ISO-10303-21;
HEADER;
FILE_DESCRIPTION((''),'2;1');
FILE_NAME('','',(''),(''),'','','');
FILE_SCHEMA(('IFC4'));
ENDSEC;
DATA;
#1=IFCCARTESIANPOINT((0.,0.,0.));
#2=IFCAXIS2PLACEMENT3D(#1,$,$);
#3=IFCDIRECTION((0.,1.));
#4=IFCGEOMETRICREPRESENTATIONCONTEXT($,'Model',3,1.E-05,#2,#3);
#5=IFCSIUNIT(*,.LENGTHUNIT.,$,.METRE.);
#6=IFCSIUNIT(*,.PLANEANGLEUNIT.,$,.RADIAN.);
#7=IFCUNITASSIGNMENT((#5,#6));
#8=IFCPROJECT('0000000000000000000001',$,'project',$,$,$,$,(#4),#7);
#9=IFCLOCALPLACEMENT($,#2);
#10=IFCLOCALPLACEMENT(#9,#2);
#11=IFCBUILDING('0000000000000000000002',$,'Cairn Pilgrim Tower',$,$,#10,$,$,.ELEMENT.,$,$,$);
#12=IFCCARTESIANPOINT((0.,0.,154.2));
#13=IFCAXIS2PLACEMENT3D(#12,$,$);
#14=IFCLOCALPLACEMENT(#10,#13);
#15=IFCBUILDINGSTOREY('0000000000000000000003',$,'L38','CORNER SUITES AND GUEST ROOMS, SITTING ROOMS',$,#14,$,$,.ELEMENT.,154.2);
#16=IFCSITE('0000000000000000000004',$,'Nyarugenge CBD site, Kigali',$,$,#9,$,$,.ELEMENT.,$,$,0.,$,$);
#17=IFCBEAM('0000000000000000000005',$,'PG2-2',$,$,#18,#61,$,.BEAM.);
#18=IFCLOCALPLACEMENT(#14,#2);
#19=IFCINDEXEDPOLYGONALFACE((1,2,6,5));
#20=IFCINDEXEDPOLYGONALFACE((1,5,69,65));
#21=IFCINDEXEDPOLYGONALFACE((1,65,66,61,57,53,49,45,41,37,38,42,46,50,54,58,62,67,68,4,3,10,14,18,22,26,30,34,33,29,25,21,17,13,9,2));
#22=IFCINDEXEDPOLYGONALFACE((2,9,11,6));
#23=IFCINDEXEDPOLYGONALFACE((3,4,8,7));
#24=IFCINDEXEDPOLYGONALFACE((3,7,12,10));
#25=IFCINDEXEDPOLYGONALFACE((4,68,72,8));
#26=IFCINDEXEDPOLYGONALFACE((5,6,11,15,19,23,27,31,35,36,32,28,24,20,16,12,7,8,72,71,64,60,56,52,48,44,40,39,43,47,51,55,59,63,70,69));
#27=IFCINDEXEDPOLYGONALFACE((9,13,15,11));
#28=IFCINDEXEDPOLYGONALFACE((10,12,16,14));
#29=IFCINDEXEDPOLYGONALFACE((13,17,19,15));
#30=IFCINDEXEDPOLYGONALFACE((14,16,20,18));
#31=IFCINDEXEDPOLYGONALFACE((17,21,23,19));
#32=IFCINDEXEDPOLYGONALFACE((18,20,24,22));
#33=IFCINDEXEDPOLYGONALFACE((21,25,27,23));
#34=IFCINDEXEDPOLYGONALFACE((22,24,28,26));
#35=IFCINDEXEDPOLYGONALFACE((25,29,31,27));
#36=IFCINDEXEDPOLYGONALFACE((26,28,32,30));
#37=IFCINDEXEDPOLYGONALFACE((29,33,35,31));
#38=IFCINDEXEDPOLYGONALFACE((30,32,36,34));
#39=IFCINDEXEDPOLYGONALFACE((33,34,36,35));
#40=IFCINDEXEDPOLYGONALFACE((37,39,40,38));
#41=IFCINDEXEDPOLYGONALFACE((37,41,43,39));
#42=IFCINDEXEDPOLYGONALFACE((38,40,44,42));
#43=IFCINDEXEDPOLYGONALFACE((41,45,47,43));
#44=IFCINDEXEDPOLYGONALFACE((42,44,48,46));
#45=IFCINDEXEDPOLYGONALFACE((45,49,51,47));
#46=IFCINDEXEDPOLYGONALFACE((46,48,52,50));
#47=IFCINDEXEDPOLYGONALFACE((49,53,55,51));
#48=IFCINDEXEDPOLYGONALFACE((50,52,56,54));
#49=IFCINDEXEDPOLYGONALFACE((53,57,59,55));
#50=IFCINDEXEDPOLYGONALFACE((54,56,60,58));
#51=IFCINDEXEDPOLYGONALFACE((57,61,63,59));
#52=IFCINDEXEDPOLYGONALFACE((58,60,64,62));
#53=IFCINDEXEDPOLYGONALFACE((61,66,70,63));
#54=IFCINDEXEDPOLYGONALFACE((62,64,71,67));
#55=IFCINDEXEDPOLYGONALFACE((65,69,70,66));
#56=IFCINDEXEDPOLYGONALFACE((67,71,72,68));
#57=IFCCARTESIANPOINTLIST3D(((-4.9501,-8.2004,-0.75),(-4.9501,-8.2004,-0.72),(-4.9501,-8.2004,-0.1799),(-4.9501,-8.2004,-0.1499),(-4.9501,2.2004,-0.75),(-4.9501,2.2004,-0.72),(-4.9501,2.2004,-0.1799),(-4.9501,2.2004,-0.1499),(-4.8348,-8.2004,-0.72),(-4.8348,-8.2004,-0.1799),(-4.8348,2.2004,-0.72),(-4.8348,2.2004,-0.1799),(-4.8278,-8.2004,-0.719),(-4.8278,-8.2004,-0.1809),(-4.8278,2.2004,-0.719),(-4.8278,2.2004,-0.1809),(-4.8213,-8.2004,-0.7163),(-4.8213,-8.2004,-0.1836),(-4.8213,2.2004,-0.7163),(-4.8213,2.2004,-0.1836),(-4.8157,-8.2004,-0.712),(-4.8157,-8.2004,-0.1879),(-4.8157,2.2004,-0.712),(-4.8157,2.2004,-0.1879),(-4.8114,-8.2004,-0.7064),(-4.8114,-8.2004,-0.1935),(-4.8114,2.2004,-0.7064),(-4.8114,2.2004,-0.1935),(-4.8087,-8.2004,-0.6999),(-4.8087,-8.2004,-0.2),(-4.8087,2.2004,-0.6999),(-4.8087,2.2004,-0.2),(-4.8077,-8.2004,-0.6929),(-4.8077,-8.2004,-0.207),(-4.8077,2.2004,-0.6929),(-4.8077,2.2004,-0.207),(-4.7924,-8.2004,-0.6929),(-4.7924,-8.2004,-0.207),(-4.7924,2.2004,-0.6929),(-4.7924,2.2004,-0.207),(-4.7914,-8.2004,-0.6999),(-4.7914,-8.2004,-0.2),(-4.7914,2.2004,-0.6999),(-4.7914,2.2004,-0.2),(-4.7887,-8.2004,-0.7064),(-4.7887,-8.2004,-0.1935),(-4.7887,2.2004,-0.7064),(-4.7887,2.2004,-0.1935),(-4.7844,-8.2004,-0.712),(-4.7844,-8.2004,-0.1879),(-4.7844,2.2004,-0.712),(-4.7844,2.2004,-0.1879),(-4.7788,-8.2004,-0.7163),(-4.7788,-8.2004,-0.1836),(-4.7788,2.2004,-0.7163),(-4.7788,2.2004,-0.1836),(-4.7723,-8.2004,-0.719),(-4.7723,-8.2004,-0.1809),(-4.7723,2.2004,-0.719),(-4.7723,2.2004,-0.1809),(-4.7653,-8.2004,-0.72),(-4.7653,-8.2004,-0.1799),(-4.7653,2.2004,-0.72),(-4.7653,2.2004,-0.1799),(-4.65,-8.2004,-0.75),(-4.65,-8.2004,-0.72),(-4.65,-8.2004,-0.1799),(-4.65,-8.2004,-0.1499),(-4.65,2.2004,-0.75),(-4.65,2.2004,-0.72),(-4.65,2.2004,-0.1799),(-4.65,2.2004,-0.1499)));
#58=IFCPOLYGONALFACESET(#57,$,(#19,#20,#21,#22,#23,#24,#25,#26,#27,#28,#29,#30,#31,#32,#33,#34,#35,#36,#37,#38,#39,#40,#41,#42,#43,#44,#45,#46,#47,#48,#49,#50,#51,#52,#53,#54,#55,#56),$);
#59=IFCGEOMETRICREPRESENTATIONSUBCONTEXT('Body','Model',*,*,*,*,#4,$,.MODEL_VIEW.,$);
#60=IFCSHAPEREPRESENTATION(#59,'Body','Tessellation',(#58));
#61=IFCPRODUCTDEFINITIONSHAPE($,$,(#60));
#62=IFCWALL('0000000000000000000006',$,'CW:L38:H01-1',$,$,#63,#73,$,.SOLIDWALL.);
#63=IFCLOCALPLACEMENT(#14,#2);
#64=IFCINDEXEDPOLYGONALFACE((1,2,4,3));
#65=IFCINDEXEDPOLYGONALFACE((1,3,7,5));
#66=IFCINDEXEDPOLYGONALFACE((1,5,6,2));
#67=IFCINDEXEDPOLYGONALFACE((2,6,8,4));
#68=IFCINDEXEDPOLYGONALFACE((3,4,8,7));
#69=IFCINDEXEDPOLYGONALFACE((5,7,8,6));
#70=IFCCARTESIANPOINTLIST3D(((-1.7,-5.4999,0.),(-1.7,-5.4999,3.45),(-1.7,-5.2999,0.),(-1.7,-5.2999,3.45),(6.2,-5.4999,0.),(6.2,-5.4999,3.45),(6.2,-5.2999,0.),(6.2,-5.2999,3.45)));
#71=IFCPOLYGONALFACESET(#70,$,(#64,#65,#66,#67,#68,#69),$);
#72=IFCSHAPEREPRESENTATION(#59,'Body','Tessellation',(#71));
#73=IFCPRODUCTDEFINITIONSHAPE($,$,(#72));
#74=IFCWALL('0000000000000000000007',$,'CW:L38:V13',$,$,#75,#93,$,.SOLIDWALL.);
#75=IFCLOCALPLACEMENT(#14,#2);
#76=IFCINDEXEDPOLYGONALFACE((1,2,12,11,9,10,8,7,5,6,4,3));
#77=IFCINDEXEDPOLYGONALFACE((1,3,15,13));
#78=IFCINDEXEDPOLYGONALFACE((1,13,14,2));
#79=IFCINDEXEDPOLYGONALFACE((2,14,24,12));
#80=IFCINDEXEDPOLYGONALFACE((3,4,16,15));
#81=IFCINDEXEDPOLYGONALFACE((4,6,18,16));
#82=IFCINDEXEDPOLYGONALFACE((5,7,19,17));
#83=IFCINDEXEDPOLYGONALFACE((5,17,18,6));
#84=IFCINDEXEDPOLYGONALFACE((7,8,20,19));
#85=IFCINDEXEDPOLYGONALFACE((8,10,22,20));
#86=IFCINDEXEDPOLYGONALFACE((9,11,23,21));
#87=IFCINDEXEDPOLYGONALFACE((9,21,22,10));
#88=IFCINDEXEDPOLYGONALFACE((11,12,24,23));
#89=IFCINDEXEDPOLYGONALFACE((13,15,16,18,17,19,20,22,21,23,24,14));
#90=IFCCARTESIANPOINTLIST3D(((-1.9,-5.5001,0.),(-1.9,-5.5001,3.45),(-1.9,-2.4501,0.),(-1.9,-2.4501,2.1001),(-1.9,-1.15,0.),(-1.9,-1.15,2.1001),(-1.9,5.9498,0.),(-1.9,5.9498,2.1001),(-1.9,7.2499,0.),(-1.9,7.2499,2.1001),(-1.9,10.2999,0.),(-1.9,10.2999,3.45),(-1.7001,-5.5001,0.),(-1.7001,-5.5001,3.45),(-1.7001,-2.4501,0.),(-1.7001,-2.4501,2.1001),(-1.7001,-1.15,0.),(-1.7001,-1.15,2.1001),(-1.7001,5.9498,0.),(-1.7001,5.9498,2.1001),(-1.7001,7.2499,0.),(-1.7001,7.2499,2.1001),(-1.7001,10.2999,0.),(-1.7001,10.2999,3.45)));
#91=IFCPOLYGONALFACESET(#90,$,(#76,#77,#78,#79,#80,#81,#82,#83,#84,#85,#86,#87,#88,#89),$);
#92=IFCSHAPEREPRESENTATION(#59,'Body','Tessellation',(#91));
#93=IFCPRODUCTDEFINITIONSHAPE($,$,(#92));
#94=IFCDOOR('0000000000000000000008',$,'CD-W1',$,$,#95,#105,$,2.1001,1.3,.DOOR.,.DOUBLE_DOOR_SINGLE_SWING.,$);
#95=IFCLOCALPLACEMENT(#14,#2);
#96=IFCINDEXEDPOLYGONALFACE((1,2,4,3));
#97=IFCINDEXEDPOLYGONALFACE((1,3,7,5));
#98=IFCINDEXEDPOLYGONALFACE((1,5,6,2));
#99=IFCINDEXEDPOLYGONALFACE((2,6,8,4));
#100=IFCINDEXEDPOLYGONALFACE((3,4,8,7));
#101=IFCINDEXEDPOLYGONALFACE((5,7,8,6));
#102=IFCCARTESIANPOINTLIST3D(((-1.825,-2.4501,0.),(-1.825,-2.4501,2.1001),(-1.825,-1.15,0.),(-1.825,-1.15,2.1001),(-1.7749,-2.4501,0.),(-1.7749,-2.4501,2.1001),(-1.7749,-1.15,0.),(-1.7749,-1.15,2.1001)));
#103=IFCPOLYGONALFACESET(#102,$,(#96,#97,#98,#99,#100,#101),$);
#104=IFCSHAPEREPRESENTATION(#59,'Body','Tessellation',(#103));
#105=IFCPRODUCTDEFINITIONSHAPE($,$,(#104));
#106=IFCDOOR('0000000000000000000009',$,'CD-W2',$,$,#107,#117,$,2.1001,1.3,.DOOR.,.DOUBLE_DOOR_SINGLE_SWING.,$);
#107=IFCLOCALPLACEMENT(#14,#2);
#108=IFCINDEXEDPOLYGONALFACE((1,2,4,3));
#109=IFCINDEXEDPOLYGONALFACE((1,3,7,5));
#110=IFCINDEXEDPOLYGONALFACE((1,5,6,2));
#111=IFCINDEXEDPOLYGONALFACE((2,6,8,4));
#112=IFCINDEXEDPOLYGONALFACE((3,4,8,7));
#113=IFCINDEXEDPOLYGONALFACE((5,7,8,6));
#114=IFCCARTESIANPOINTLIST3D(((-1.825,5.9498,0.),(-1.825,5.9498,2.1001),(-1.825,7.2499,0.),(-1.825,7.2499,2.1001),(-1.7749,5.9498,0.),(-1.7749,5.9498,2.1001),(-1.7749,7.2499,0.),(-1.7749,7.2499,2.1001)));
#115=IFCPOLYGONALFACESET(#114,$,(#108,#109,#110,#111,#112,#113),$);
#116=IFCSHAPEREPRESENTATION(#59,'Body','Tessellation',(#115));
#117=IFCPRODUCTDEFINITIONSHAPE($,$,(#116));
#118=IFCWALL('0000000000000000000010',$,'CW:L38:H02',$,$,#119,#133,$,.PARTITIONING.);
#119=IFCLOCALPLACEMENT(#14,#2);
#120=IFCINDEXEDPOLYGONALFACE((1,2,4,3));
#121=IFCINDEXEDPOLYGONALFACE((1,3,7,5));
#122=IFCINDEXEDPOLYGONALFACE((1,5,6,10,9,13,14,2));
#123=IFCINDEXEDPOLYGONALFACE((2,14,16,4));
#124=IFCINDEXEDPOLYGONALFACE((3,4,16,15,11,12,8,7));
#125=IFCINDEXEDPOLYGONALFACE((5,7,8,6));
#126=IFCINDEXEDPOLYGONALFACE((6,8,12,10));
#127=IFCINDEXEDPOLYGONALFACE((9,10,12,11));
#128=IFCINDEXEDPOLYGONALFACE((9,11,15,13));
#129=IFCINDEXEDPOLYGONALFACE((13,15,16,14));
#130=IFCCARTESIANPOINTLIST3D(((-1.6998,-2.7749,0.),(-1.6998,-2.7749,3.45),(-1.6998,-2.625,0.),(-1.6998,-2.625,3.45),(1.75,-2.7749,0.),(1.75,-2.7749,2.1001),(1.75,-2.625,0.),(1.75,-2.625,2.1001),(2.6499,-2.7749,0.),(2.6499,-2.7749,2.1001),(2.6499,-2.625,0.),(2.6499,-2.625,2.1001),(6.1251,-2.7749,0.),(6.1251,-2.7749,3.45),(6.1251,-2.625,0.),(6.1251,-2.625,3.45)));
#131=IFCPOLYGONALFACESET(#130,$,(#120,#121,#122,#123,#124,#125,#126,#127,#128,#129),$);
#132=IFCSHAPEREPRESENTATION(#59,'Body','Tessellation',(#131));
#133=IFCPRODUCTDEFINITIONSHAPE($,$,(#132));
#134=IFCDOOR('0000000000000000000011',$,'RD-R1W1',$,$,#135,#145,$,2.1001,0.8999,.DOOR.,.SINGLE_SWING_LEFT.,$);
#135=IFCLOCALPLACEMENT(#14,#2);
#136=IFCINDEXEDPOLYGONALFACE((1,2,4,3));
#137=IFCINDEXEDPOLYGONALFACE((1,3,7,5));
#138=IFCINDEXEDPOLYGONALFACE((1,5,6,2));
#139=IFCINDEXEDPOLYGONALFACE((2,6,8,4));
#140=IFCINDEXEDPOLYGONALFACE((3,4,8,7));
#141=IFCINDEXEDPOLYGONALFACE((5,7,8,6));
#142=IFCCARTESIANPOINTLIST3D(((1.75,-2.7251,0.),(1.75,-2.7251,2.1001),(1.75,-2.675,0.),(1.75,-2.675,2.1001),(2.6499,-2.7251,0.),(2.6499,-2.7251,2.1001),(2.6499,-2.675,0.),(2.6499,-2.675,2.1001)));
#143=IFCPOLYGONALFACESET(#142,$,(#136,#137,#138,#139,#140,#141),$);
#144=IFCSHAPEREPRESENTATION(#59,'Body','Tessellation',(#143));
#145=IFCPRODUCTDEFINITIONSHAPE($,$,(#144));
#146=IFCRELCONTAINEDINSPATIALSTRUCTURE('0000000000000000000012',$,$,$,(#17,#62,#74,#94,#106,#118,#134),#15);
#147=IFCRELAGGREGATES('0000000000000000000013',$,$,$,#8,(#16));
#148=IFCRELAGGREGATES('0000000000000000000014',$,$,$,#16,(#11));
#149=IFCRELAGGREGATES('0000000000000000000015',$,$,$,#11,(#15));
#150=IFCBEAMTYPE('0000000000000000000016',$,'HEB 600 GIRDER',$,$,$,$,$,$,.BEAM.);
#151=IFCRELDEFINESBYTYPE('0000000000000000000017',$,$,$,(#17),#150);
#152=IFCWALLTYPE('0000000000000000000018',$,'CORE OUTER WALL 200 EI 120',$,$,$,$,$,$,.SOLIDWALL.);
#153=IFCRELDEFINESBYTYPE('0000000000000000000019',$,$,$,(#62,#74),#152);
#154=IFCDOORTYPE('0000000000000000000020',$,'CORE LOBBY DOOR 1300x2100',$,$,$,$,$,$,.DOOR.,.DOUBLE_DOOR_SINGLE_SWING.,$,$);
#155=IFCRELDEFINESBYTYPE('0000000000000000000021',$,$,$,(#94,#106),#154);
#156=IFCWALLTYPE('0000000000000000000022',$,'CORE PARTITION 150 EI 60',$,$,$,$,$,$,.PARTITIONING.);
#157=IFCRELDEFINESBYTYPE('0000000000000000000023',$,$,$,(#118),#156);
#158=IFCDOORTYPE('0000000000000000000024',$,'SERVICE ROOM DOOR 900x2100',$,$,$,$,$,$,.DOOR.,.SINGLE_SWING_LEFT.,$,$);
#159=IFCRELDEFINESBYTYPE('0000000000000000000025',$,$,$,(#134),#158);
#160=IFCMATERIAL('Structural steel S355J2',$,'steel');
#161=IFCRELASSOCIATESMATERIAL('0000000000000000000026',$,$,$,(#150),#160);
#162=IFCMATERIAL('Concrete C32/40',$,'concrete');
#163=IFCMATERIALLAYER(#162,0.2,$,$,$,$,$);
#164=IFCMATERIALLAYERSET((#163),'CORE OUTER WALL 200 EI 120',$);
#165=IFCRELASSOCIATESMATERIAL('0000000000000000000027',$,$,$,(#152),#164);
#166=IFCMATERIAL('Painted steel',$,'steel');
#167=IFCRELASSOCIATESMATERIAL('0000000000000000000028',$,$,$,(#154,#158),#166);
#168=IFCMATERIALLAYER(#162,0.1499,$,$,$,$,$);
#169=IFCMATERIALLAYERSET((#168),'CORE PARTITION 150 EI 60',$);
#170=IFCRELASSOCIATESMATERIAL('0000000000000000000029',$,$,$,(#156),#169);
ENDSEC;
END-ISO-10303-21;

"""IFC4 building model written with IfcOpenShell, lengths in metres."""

from ifc_helpers import new_model, si_unit, direction, frame, frame_2d, origin, origin_2d, place, context, subcontext, project, spatial, rectangle, i_section, extrude, material, layer, layer_set, material_profile, profile_set, type_object, element, fill, save


model = new_model("IFC4")

# Units and contexts
model_context = context("Model", 3, precision=1e-05, world=origin(), true_north=direction((0.0, 1.0)))
body_context = subcontext(model_context, "Body", "Model", "MODEL_VIEW")
ifc_project = project(units=[si_unit("LENGTHUNIT", "METRE"), si_unit("PLANEANGLEUNIT", "RADIAN")], contexts=[model_context])

# Site, building, storey
site_placement = place(None, origin())
site = spatial("IfcSite", under=ifc_project, at=site_placement, Name="Nyarugenge CBD site, Kigali", CompositionType="ELEMENT", RefElevation=0.0)
building_placement = place(site_placement, origin())
building = spatial("IfcBuilding", under=site, at=building_placement, Name="Cairn Pilgrim Tower", CompositionType="ELEMENT")
storey_placement = place(building_placement, frame((0.0, 0.0, 154.2)))
storey = spatial("IfcBuildingStorey", under=building, at=storey_placement, Name="L38", Description="CORNER SUITES AND GUEST ROOMS, SITTING ROOMS", CompositionType="ELEMENT", Elevation=154.2)

# Beam
ifc_material_1 = material(Name="Structural steel S355J2", Category="steel")
ifc_material_profile_1 = material_profile(ifc_material_1, i_section(OverallWidth=0.3, OverallDepth=0.6001, WebThickness=0.0154, FlangeThickness=0.03, FilletRadius=0.0271, at=origin_2d()), Name="HEB 600")
ifc_profile_set_1 = profile_set([ifc_material_profile_1], Name="Structural steel S355J2")
beam_type_1 = type_object("IfcBeamType", Name="HEB 600 GIRDER", PredefinedType="BEAM", material=ifc_profile_set_1)
beam_1_placement = place(storey_placement, frame((-4.8, -8.2004, -0.45), z_axis=(0.0, 1.0, 0.0), x_axis=(-1.0, 0.0, 0.0)))
element("IfcBeam", 1, at=beam_1_placement, inside=storey, type_object=beam_type_1, Name="PG2-2", PredefinedType="BEAM", context=body_context, shape_type="SweptSolid", body=[
    extrude(i_section(OverallWidth=0.3, OverallDepth=0.6001, WebThickness=0.0154, FlangeThickness=0.03, FilletRadius=0.0271, at=origin_2d()), origin(), (0.0, 0.0, 1.0), 10.4009),
])

# Wall
ifc_material_2 = material(Name="Concrete C32/40", Category="concrete")
ifc_layer_1 = layer(ifc_material_2, 0.2)
ifc_layer_set_1 = layer_set([ifc_layer_1], Name="CORE OUTER WALL 200 EI 120")
wall_type_1 = type_object("IfcWallType", Name="CORE OUTER WALL 200 EI 120", PredefinedType="SOLIDWALL", material=ifc_layer_set_1)
wall_1_placement = place(storey_placement, frame((-1.7, -5.3999, 0.0), z_axis=(0.0, 0.0, 1.0), x_axis=(1.0, 0.0, 0.0)))
element("IfcWall", 2, at=wall_1_placement, inside=storey, type_object=wall_type_1, Name="CW:L38:H01-1", PredefinedType="SOLIDWALL", context=body_context, shape_type="SweptSolid", body=[
    extrude(rectangle(XDim=7.8999, YDim=0.2, at=frame_2d((3.95, 0.0))), origin(), (0.0, 0.0, 1.0), 3.45),
])

# Wall, openings, doors
wall_2_placement = place(storey_placement, frame((-1.8, -5.5, 0.0), z_axis=(0.0, 0.0, 1.0), x_axis=(0.0, 1.0, 0.0)))
wall_2 = element("IfcWall", 3, at=wall_2_placement, inside=storey, type_object=wall_type_1, Name="CW:L38:V13", PredefinedType="SOLIDWALL", context=body_context, shape_type="SweptSolid", body=[
    extrude(rectangle(XDim=15.8, YDim=0.2, at=frame_2d((7.8999, 0.0))), origin(), (0.0, 0.0, 1.0), 3.45),
])
opening_1_placement = place(wall_2_placement, frame((3.05, 0.0, 0.0)))
opening_1 = element("IfcOpeningElement", 4, at=opening_1_placement, cuts=wall_2, PredefinedType="OPENING", context=body_context, shape_type="SweptSolid", body=[
    extrude(rectangle(XDim=1.3, YDim=2.1001, at=frame_2d((0.6499, 1.05))), frame((0.0, 0.1099, 0.0), z_axis=(0.0, -1.0, 0.0), x_axis=(1.0, 0.0, 0.0)), (0.0, 0.0, 1.0), 0.22),
])
opening_2_placement = place(wall_2_placement, frame((11.45, 0.0, 0.0)))
opening_2 = element("IfcOpeningElement", 5, at=opening_2_placement, cuts=wall_2, PredefinedType="OPENING", context=body_context, shape_type="SweptSolid", body=[
    extrude(rectangle(XDim=1.3, YDim=2.1001, at=frame_2d((0.6499, 1.05))), frame((0.0, 0.1099, 0.0), z_axis=(0.0, -1.0, 0.0), x_axis=(1.0, 0.0, 0.0)), (0.0, 0.0, 1.0), 0.22),
])
ifc_material_3 = material(Name="Painted steel", Category="steel")
door_type_1 = type_object("IfcDoorType", Name="CORE LOBBY DOOR 1300x2100", OperationType="DOUBLE_DOOR_SINGLE_SWING", PredefinedType="DOOR", material=ifc_material_3)
door_1_placement = place(opening_1_placement, origin())
door_1 = element("IfcDoor", 6, at=door_1_placement, inside=storey, type_object=door_type_1, Name="CD-W1", OperationType="DOUBLE_DOOR_SINGLE_SWING", OverallHeight=2.1001, OverallWidth=1.3, PredefinedType="DOOR", context=body_context, shape_type="SweptSolid", body=[
    extrude(rectangle(XDim=1.3, YDim=2.1001, at=frame_2d((0.6499, 1.05))), frame((0.0, 0.0249, 0.0), z_axis=(0.0, -1.0, 0.0), x_axis=(1.0, 0.0, 0.0)), (0.0, 0.0, 1.0), 0.05),
])
fill(opening_1, door_1)
door_2_placement = place(opening_2_placement, origin())
door_2 = element("IfcDoor", 7, at=door_2_placement, inside=storey, type_object=door_type_1, Name="CD-W2", OperationType="DOUBLE_DOOR_SINGLE_SWING", OverallHeight=2.1001, OverallWidth=1.3, PredefinedType="DOOR", context=body_context, shape_type="SweptSolid", body=[
    extrude(rectangle(XDim=1.3, YDim=2.1001, at=frame_2d((0.6499, 1.05))), frame((0.0, 0.0249, 0.0), z_axis=(0.0, -1.0, 0.0), x_axis=(1.0, 0.0, 0.0)), (0.0, 0.0, 1.0), 0.05),
])
fill(opening_2, door_2)

# Wall, opening, door
ifc_layer_2 = layer(ifc_material_2, 0.1499)
ifc_layer_set_2 = layer_set([ifc_layer_2], Name="CORE PARTITION 150 EI 60")
wall_type_2 = type_object("IfcWallType", Name="CORE PARTITION 150 EI 60", PredefinedType="PARTITIONING", material=ifc_layer_set_2)
wall_3_placement = place(storey_placement, frame((-1.7, -2.7, 0.0), z_axis=(0.0, 0.0, 1.0), x_axis=(1.0, 0.0, 0.0)))
wall_3 = element("IfcWall", 8, at=wall_3_placement, inside=storey, type_object=wall_type_2, Name="CW:L38:H02", PredefinedType="PARTITIONING", context=body_context, shape_type="SweptSolid", body=[
    extrude(rectangle(XDim=7.825, YDim=0.1499, at=frame_2d((3.9126, 0.0))), origin(), (0.0, 0.0, 1.0), 3.45),
])
opening_3_placement = place(wall_3_placement, frame((3.45, 0.0, 0.0)))
opening_3 = element("IfcOpeningElement", 9, at=opening_3_placement, cuts=wall_3, PredefinedType="OPENING", context=body_context, shape_type="SweptSolid", body=[
    extrude(rectangle(XDim=0.8999, YDim=2.1001, at=frame_2d((0.45, 1.05))), frame((0.0, 0.085, 0.0), z_axis=(0.0, -1.0, 0.0), x_axis=(1.0, 0.0, 0.0)), (0.0, 0.0, 1.0), 0.1699),
])
door_type_2 = type_object("IfcDoorType", Name="SERVICE ROOM DOOR 900x2100", OperationType="SINGLE_SWING_LEFT", PredefinedType="DOOR", material=ifc_material_3)
door_3_placement = place(opening_3_placement, origin())
door_3 = element("IfcDoor", 10, at=door_3_placement, inside=storey, type_object=door_type_2, Name="RD-R1W1", OperationType="SINGLE_SWING_LEFT", OverallHeight=2.1001, OverallWidth=0.8999, PredefinedType="DOOR", context=body_context, shape_type="SweptSolid", body=[
    extrude(rectangle(XDim=0.8999, YDim=2.1001, at=frame_2d((0.45, 1.05))), frame((0.0, 0.0249, 0.0), z_axis=(0.0, -1.0, 0.0), x_axis=(1.0, 0.0, 0.0)), (0.0, 0.0, 1.0), 0.05),
])
fill(opening_3, door_3)

save(model, "model.ifc")
